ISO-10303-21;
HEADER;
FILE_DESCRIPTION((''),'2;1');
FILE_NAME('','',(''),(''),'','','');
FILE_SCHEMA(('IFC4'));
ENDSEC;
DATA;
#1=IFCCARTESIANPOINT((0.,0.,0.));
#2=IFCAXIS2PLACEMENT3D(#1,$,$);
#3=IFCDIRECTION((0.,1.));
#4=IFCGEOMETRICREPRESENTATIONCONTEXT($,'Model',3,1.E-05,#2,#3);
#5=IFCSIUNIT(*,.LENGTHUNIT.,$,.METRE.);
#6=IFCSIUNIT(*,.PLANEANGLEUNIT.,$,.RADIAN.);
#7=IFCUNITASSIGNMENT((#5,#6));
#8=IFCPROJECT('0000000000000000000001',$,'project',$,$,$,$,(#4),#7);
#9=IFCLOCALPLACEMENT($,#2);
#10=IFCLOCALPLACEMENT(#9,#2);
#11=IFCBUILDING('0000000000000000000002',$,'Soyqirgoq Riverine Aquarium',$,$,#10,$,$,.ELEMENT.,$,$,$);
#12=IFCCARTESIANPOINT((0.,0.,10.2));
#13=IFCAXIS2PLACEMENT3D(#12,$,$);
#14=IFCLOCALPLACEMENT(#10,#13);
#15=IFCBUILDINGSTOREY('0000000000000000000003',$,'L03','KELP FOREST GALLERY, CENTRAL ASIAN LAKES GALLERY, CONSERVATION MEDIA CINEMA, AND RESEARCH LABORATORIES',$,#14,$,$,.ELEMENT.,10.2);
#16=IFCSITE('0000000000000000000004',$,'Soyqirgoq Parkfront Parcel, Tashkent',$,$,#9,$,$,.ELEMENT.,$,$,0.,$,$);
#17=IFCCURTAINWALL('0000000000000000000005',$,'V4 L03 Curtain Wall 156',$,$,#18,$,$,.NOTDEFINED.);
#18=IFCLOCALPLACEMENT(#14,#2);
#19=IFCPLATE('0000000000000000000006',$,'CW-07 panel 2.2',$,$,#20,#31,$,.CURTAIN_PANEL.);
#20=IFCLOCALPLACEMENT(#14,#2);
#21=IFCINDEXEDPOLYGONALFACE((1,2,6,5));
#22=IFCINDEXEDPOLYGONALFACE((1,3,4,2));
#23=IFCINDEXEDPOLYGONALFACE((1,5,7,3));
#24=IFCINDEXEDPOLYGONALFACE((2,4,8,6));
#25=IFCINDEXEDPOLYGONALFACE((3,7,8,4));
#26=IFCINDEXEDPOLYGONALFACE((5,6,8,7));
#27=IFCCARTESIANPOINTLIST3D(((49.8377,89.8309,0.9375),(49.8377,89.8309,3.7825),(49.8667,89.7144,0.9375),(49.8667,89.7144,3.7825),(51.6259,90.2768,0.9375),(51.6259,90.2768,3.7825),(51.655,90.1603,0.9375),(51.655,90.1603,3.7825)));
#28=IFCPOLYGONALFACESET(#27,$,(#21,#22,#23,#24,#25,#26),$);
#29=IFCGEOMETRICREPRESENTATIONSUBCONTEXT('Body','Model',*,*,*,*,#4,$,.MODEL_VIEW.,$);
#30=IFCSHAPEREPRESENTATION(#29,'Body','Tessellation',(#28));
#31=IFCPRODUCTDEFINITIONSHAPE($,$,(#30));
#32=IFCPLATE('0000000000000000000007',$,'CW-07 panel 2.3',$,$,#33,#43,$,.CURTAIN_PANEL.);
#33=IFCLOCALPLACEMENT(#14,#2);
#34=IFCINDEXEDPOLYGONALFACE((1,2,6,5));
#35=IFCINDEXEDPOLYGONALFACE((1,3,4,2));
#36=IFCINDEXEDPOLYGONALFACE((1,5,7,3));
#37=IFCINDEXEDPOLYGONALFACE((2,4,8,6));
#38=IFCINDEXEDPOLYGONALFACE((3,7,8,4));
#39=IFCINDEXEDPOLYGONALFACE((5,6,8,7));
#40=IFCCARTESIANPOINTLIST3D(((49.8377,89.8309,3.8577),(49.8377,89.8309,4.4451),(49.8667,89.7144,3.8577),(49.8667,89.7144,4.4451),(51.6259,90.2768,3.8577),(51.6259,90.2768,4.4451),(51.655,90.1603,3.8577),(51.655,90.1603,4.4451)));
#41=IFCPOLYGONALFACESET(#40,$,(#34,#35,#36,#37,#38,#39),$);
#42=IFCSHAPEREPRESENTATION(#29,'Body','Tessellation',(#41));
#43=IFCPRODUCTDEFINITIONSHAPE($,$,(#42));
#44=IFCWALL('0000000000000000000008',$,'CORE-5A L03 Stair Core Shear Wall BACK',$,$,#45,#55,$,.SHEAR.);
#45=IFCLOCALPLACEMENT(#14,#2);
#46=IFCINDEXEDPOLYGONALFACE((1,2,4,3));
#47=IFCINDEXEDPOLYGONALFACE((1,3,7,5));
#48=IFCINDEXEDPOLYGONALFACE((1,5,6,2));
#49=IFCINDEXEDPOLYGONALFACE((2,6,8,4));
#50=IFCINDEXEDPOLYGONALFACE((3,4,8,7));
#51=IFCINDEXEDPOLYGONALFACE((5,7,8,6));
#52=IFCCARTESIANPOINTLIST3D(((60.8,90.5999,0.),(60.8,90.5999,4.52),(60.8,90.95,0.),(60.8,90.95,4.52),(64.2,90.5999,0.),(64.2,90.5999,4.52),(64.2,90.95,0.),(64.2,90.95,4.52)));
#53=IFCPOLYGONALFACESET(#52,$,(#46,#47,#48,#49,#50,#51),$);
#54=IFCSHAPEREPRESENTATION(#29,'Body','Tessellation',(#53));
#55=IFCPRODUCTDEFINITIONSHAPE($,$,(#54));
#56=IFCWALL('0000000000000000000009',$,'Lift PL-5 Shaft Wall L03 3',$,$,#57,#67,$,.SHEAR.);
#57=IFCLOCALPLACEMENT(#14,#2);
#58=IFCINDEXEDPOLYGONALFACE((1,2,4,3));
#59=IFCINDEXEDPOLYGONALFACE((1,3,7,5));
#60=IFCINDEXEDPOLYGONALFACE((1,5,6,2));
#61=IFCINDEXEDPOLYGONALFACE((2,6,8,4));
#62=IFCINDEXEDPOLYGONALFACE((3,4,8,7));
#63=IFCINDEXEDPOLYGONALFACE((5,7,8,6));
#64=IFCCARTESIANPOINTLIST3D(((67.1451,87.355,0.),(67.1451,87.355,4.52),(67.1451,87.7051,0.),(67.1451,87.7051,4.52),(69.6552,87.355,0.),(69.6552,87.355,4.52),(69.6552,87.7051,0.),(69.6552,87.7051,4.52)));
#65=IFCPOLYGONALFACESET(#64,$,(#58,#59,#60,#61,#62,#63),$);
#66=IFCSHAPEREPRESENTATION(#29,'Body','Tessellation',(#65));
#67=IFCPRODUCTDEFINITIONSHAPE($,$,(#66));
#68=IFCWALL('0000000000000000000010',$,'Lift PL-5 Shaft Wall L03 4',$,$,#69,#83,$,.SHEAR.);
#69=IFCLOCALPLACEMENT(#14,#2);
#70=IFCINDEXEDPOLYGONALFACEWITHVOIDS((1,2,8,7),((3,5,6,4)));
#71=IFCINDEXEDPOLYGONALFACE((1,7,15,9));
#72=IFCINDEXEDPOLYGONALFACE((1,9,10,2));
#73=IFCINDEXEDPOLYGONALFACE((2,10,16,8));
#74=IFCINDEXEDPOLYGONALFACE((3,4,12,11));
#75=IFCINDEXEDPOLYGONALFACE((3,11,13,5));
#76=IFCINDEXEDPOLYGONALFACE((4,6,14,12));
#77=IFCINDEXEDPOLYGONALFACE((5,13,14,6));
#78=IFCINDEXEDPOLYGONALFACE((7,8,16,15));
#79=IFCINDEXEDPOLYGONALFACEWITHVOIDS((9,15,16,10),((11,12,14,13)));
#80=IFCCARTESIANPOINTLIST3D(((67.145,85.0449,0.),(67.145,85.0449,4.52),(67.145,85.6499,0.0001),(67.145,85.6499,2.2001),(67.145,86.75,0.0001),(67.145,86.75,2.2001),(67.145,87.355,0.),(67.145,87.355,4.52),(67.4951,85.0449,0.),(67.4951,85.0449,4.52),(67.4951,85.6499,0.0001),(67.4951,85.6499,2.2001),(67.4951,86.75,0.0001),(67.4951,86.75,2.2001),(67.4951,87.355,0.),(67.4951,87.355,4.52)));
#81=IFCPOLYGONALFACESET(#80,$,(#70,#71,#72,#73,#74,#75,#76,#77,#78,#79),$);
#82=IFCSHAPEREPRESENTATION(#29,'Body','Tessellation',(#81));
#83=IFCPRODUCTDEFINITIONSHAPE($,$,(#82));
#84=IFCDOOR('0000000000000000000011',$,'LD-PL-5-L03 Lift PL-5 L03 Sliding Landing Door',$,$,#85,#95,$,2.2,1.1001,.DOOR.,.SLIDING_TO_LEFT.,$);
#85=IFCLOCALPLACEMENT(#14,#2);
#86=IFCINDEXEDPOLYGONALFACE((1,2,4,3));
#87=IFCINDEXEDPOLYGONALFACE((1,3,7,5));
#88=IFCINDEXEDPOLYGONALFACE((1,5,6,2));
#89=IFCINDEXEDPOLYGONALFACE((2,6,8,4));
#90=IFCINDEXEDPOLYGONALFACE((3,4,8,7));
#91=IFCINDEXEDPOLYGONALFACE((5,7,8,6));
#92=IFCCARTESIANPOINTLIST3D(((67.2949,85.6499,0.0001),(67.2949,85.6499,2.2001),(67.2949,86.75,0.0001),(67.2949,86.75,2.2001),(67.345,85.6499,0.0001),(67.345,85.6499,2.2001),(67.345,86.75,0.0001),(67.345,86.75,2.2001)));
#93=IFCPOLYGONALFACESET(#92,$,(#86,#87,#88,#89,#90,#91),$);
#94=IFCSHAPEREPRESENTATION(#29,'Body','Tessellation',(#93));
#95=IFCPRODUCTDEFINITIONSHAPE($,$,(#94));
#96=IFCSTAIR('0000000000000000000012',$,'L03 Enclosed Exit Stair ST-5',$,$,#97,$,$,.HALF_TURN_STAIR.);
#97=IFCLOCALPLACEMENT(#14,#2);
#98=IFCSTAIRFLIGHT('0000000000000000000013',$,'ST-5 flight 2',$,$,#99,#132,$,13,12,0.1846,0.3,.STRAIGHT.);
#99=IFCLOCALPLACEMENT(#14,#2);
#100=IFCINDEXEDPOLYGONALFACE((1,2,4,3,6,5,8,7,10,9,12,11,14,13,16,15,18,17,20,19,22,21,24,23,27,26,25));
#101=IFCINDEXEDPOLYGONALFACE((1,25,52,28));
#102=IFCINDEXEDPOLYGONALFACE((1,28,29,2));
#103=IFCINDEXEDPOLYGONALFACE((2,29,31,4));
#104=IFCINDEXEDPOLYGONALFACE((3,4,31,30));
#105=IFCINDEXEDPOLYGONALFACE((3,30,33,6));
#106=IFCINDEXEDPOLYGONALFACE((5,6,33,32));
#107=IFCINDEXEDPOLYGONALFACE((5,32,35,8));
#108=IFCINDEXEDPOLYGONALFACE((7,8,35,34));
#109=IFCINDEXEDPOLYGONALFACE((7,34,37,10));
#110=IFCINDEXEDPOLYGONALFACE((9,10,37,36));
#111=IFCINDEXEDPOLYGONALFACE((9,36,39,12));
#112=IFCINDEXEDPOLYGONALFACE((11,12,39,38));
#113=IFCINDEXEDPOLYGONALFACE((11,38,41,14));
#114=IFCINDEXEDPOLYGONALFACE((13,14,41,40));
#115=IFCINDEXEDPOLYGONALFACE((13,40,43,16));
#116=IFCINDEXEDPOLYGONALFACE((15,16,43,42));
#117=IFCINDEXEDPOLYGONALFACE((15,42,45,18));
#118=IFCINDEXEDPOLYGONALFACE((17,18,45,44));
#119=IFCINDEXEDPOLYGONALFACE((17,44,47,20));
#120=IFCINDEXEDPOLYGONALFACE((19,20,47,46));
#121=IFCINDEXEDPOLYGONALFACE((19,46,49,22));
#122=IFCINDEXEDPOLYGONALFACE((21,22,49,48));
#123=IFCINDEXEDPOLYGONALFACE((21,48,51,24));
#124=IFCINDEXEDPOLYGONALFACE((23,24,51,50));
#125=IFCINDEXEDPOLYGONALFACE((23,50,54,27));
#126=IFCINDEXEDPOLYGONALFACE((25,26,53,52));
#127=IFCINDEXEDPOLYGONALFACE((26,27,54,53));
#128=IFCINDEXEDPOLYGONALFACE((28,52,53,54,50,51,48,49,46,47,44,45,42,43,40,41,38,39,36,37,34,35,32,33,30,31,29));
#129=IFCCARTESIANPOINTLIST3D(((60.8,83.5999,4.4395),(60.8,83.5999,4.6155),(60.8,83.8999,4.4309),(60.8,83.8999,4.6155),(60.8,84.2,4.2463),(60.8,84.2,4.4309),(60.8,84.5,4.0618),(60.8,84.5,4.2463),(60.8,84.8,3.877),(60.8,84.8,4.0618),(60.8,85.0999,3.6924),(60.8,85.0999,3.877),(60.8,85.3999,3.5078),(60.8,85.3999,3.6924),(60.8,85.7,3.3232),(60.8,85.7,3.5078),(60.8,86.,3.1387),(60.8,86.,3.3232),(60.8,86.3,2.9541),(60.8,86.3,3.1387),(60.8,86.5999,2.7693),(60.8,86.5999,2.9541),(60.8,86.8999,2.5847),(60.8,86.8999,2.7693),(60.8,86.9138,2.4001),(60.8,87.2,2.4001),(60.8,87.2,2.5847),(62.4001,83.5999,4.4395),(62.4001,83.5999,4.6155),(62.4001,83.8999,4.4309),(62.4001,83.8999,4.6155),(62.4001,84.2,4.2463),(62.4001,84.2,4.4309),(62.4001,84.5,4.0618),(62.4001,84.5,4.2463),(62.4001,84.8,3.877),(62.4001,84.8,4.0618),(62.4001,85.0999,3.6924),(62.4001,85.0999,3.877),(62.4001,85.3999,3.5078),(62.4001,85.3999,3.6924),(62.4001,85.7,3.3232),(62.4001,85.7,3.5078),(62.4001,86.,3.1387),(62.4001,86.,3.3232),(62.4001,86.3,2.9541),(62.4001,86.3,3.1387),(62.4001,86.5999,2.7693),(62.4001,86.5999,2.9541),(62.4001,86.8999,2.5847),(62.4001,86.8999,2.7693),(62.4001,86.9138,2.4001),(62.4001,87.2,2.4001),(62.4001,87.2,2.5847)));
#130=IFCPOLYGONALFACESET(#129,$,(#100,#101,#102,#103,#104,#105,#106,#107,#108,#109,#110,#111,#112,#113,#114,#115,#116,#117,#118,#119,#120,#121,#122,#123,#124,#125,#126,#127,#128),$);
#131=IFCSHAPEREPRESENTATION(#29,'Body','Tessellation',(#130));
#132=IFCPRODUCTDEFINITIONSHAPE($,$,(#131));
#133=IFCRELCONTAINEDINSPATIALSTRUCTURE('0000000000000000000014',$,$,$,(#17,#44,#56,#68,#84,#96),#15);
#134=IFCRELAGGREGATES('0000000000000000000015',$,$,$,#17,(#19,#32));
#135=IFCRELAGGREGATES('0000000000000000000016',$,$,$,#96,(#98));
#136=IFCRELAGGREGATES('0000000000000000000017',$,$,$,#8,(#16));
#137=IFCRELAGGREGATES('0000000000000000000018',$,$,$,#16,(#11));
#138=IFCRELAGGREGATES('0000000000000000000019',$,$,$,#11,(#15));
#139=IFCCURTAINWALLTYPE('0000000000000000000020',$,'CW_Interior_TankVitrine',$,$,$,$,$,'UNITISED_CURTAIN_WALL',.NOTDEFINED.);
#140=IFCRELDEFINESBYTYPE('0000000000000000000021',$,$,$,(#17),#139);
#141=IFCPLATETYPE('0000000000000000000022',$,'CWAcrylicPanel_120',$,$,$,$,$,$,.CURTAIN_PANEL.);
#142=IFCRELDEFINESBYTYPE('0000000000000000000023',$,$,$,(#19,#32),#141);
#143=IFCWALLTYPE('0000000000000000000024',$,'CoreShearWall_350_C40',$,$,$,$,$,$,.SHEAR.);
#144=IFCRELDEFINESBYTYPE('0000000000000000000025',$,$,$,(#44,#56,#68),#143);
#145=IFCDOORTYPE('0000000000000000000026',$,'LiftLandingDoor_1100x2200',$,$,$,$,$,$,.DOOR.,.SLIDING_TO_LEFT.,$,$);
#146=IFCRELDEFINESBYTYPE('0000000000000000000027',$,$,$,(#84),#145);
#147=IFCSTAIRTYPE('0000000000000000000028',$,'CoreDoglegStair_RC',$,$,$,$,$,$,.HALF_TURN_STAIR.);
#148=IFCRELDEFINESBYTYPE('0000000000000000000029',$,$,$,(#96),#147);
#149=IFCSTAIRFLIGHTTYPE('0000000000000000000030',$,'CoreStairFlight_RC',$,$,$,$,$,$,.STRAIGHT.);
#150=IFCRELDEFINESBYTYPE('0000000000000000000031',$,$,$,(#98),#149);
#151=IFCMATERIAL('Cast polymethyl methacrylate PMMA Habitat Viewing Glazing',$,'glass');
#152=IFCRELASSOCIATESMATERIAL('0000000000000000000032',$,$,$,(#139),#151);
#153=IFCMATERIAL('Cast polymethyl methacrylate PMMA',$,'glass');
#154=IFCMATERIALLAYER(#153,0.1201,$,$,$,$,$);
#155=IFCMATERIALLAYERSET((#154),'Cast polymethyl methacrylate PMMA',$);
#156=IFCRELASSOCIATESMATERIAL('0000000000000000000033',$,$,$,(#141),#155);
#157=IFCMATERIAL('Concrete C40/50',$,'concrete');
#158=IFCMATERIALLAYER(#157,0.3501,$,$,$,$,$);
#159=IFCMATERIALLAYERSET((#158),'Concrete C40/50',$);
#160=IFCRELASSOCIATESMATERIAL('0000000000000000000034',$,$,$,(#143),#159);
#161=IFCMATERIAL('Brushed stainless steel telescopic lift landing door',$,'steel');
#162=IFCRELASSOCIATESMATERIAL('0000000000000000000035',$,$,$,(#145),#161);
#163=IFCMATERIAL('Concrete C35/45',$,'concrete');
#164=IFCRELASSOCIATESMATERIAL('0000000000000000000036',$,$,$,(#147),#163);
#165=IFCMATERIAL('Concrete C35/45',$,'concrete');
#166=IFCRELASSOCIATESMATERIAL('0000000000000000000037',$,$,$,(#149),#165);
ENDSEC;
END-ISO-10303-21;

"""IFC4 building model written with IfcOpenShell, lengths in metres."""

from ifc_helpers import new_model, si_unit, direction, frame, frame_2d, origin, origin_2d, place, context, subcontext, project, spatial, polyline, rectangle, outline, extrude, material, layer, layer_set, type_object, element, fill, aggregate, save


model = new_model("IFC4")

# Units and contexts
model_context = context("Model", 3, precision=1e-05, world=origin(), true_north=direction((0.0, 1.0)))
body_context = subcontext(model_context, "Body", "Model", "MODEL_VIEW")
ifc_project = project(units=[si_unit("LENGTHUNIT", "METRE"), si_unit("PLANEANGLEUNIT", "RADIAN")], contexts=[model_context])

# Site, building, storey
site_placement = place(None, origin())
site = spatial("IfcSite", under=ifc_project, at=site_placement, Name="Soyqirgoq Parkfront Parcel, Tashkent", CompositionType="ELEMENT", RefElevation=0.0)
building_placement = place(site_placement, origin())
building = spatial("IfcBuilding", under=site, at=building_placement, Name="Soyqirgoq Riverine Aquarium", CompositionType="ELEMENT")
storey_placement = place(building_placement, frame((0.0, 0.0, 10.2)))
storey = spatial("IfcBuildingStorey", under=building, at=storey_placement, Name="L03", Description="KELP FOREST GALLERY, CENTRAL ASIAN LAKES GALLERY, CONSERVATION MEDIA CINEMA, AND RESEARCH LABORATORIES", CompositionType="ELEMENT", Elevation=10.2)

# Curtain wall
ifc_material_1 = material(Name="Cast polymethyl methacrylate PMMA Habitat Viewing Glazing", Category="glass")
curtain_wall_type = type_object("IfcCurtainWallType", Name="CW_Interior_TankVitrine", ElementType="UNITISED_CURTAIN_WALL", PredefinedType="NOTDEFINED", material=ifc_material_1)
curtain_wall_placement = place(storey_placement, origin())
curtain_wall = element("IfcCurtainWall", 1, at=curtain_wall_placement, inside=storey, type_object=curtain_wall_type, Name="V4 L03 Curtain Wall 156", PredefinedType="NOTDEFINED")

# Plates
ifc_material_2 = material(Name="Cast polymethyl methacrylate PMMA", Category="glass")
ifc_layer_1 = layer(ifc_material_2, 0.1201)
ifc_layer_set_1 = layer_set([ifc_layer_1], Name="Cast polymethyl methacrylate PMMA")
plate_type = type_object("IfcPlateType", Name="CWAcrylicPanel_120", PredefinedType="CURTAIN_PANEL", material=ifc_layer_set_1)
plate_1_placement = place(storey_placement, frame((50.7463, 89.9956, 0.9375), z_axis=(0.0, 0.0, 1.0), x_axis=(-0.970295, -0.241926, 0.0)))
plate_1 = element("IfcPlate", 2, at=plate_1_placement, type_object=plate_type, Name="CW-07 panel 2.2", PredefinedType="CURTAIN_PANEL", context=body_context, shape_type="SweptSolid", body=[
    extrude(rectangle(XDim=1.843, YDim=0.1201, at=origin_2d()), origin(), (0.0, 0.0, 1.0), 2.845),
])
plate_2_placement = place(storey_placement, frame((50.7463, 89.9956, 3.8577), z_axis=(0.0, 0.0, 1.0), x_axis=(-0.970295, -0.241926, 0.0)))
plate_2 = element("IfcPlate", 3, at=plate_2_placement, type_object=plate_type, Name="CW-07 panel 2.3", PredefinedType="CURTAIN_PANEL", context=body_context, shape_type="SweptSolid", body=[
    extrude(rectangle(XDim=1.843, YDim=0.1201, at=origin_2d()), origin(), (0.0, 0.0, 1.0), 0.5874),
])
aggregate(curtain_wall, [plate_1, plate_2])

# Walls
ifc_material_3 = material(Name="Concrete C40/50", Category="concrete")
ifc_layer_2 = layer(ifc_material_3, 0.3501)
ifc_layer_set_2 = layer_set([ifc_layer_2], Name="Concrete C40/50")
wall_type = type_object("IfcWallType", Name="CoreShearWall_350_C40", PredefinedType="SHEAR", material=ifc_layer_set_2)
wall_1_placement = place(storey_placement, frame((64.2, 90.7749, 0.0), z_axis=(0.0, 0.0, 1.0), x_axis=(-1.0, 0.0, 0.0)))
element("IfcWall", 4, at=wall_1_placement, inside=storey, type_object=wall_type, Name="CORE-5A L03 Stair Core Shear Wall BACK", PredefinedType="SHEAR", context=body_context, shape_type="SweptSolid", body=[
    extrude(rectangle(XDim=3.3999, YDim=0.3501, at=frame_2d((1.7, 0.0))), origin(), (0.0, 0.0, 1.0), 4.52),
])
wall_2_placement = place(storey_placement, frame((69.655, 87.53, 0.0), z_axis=(0.0, 0.0, 1.0), x_axis=(-1.0, 0.0, 0.0)))
element("IfcWall", 5, at=wall_2_placement, inside=storey, type_object=wall_type, Name="Lift PL-5 Shaft Wall L03 3", PredefinedType="SHEAR", context=body_context, shape_type="SweptSolid", body=[
    extrude(rectangle(XDim=2.51, YDim=0.3501, at=frame_2d((1.2549, 0.0))), origin(), (0.0, 0.0, 1.0), 4.52),
])

# Wall, opening, door
wall_3_placement = place(storey_placement, frame((67.3201, 87.355, 0.0), z_axis=(0.0, 0.0, 1.0), x_axis=(0.0, -1.0, 0.0)))
wall_3 = element("IfcWall", 6, at=wall_3_placement, inside=storey, type_object=wall_type, Name="Lift PL-5 Shaft Wall L03 4", PredefinedType="SHEAR", context=body_context, shape_type="SweptSolid", body=[
    extrude(rectangle(XDim=2.3101, YDim=0.3501, at=frame_2d((1.155, 0.0))), origin(), (0.0, 0.0, 1.0), 4.52),
])
opening_placement = place(wall_3_placement, frame((0.605, 0.0, 0.0)))
opening = element("IfcOpeningElement", 7, at=opening_placement, cuts=wall_3, PredefinedType="OPENING", context=body_context, shape_type="SweptSolid", body=[
    extrude(rectangle(XDim=1.1001, YDim=2.2, at=frame_2d((0.55, 1.1001))), frame((0.0, 0.1851, 0.0), z_axis=(0.0, -1.0, 0.0), x_axis=(1.0, 0.0, 0.0)), (0.0, 0.0, 1.0), 0.3701),
])
ifc_material_4 = material(Name="Brushed stainless steel telescopic lift landing door", Category="steel")
door_type = type_object("IfcDoorType", Name="LiftLandingDoor_1100x2200", OperationType="SLIDING_TO_LEFT", PredefinedType="DOOR", material=ifc_material_4)
door_placement = place(opening_placement, origin())
door = element("IfcDoor", 8, at=door_placement, inside=storey, type_object=door_type, Name="LD-PL-5-L03 Lift PL-5 L03 Sliding Landing Door", OperationType="SLIDING_TO_LEFT", OverallHeight=2.2, OverallWidth=1.1001, PredefinedType="DOOR", context=body_context, shape_type="SweptSolid", body=[
    extrude(rectangle(XDim=1.1001, YDim=2.2, at=frame_2d((0.55, 1.1001))), frame((0.0, 0.0249, 0.0), z_axis=(0.0, -1.0, 0.0), x_axis=(1.0, 0.0, 0.0)), (0.0, 0.0, 1.0), 0.05),
])
fill(opening, door)

# Stair, stair flight
ifc_material_5 = material(Name="Concrete C35/45", Category="concrete")
stair_type = type_object("IfcStairType", Name="CoreDoglegStair_RC", PredefinedType="HALF_TURN_STAIR", material=ifc_material_5)
stair_placement = place(storey_placement, origin())
stair = element("IfcStair", 9, at=stair_placement, inside=storey, type_object=stair_type, Name="L03 Enclosed Exit Stair ST-5", PredefinedType="HALF_TURN_STAIR")
ifc_material_6 = material(Name="Concrete C35/45", Category="concrete")
stair_flight_type = type_object("IfcStairFlightType", Name="CoreStairFlight_RC", PredefinedType="STRAIGHT", material=ifc_material_6)
stair_flight_placement = place(storey_placement, frame((61.6001, 87.2, 2.4001), z_axis=(0.0, 0.0, 1.0), x_axis=(0.0, -1.0, 0.0)))
stair_flight = element("IfcStairFlight", 10, at=stair_flight_placement, type_object=stair_flight_type, Name="ST-5 flight 2", NumberOfRisers=13, NumberOfTreads=12, PredefinedType="STRAIGHT", RiserHeight=0.1846, TreadLength=0.3, context=body_context, shape_type="SweptSolid", body=[
    extrude(outline(polyline([(0.0, 0.0), (0.0, 0.1846), (0.3, 0.1846), (0.3, 0.3691), (0.6001, 0.3691), (0.6001, 0.554), (0.8999, 0.554), (0.8999, 0.7385), (1.2, 0.7385), (1.2, 0.9231), (1.5, 0.9231), (1.5, 1.1077), (1.8, 1.1077), (1.8, 1.2922), (2.1001, 1.2922), (2.1001, 1.4768), (2.3999, 1.4768), (2.3999, 1.6616), (2.7, 1.6616), (2.7, 1.8462), (3.0, 1.8462), (3.0, 2.0308), (3.3, 2.0308), (3.3, 2.2153), (3.6001, 2.2153), (3.6001, 2.3999), (3.6001, 2.0393), (0.2861, 0.0), (0.0, 0.0)])), frame((0.0, 0.8, 0.0), z_axis=(0.0, -1.0, 0.0), x_axis=(1.0, 0.0, 0.0)), (0.0, 0.0, 1.0), 1.6001),
])
aggregate(stair, [stair_flight])

save(model, "model.ifc")
